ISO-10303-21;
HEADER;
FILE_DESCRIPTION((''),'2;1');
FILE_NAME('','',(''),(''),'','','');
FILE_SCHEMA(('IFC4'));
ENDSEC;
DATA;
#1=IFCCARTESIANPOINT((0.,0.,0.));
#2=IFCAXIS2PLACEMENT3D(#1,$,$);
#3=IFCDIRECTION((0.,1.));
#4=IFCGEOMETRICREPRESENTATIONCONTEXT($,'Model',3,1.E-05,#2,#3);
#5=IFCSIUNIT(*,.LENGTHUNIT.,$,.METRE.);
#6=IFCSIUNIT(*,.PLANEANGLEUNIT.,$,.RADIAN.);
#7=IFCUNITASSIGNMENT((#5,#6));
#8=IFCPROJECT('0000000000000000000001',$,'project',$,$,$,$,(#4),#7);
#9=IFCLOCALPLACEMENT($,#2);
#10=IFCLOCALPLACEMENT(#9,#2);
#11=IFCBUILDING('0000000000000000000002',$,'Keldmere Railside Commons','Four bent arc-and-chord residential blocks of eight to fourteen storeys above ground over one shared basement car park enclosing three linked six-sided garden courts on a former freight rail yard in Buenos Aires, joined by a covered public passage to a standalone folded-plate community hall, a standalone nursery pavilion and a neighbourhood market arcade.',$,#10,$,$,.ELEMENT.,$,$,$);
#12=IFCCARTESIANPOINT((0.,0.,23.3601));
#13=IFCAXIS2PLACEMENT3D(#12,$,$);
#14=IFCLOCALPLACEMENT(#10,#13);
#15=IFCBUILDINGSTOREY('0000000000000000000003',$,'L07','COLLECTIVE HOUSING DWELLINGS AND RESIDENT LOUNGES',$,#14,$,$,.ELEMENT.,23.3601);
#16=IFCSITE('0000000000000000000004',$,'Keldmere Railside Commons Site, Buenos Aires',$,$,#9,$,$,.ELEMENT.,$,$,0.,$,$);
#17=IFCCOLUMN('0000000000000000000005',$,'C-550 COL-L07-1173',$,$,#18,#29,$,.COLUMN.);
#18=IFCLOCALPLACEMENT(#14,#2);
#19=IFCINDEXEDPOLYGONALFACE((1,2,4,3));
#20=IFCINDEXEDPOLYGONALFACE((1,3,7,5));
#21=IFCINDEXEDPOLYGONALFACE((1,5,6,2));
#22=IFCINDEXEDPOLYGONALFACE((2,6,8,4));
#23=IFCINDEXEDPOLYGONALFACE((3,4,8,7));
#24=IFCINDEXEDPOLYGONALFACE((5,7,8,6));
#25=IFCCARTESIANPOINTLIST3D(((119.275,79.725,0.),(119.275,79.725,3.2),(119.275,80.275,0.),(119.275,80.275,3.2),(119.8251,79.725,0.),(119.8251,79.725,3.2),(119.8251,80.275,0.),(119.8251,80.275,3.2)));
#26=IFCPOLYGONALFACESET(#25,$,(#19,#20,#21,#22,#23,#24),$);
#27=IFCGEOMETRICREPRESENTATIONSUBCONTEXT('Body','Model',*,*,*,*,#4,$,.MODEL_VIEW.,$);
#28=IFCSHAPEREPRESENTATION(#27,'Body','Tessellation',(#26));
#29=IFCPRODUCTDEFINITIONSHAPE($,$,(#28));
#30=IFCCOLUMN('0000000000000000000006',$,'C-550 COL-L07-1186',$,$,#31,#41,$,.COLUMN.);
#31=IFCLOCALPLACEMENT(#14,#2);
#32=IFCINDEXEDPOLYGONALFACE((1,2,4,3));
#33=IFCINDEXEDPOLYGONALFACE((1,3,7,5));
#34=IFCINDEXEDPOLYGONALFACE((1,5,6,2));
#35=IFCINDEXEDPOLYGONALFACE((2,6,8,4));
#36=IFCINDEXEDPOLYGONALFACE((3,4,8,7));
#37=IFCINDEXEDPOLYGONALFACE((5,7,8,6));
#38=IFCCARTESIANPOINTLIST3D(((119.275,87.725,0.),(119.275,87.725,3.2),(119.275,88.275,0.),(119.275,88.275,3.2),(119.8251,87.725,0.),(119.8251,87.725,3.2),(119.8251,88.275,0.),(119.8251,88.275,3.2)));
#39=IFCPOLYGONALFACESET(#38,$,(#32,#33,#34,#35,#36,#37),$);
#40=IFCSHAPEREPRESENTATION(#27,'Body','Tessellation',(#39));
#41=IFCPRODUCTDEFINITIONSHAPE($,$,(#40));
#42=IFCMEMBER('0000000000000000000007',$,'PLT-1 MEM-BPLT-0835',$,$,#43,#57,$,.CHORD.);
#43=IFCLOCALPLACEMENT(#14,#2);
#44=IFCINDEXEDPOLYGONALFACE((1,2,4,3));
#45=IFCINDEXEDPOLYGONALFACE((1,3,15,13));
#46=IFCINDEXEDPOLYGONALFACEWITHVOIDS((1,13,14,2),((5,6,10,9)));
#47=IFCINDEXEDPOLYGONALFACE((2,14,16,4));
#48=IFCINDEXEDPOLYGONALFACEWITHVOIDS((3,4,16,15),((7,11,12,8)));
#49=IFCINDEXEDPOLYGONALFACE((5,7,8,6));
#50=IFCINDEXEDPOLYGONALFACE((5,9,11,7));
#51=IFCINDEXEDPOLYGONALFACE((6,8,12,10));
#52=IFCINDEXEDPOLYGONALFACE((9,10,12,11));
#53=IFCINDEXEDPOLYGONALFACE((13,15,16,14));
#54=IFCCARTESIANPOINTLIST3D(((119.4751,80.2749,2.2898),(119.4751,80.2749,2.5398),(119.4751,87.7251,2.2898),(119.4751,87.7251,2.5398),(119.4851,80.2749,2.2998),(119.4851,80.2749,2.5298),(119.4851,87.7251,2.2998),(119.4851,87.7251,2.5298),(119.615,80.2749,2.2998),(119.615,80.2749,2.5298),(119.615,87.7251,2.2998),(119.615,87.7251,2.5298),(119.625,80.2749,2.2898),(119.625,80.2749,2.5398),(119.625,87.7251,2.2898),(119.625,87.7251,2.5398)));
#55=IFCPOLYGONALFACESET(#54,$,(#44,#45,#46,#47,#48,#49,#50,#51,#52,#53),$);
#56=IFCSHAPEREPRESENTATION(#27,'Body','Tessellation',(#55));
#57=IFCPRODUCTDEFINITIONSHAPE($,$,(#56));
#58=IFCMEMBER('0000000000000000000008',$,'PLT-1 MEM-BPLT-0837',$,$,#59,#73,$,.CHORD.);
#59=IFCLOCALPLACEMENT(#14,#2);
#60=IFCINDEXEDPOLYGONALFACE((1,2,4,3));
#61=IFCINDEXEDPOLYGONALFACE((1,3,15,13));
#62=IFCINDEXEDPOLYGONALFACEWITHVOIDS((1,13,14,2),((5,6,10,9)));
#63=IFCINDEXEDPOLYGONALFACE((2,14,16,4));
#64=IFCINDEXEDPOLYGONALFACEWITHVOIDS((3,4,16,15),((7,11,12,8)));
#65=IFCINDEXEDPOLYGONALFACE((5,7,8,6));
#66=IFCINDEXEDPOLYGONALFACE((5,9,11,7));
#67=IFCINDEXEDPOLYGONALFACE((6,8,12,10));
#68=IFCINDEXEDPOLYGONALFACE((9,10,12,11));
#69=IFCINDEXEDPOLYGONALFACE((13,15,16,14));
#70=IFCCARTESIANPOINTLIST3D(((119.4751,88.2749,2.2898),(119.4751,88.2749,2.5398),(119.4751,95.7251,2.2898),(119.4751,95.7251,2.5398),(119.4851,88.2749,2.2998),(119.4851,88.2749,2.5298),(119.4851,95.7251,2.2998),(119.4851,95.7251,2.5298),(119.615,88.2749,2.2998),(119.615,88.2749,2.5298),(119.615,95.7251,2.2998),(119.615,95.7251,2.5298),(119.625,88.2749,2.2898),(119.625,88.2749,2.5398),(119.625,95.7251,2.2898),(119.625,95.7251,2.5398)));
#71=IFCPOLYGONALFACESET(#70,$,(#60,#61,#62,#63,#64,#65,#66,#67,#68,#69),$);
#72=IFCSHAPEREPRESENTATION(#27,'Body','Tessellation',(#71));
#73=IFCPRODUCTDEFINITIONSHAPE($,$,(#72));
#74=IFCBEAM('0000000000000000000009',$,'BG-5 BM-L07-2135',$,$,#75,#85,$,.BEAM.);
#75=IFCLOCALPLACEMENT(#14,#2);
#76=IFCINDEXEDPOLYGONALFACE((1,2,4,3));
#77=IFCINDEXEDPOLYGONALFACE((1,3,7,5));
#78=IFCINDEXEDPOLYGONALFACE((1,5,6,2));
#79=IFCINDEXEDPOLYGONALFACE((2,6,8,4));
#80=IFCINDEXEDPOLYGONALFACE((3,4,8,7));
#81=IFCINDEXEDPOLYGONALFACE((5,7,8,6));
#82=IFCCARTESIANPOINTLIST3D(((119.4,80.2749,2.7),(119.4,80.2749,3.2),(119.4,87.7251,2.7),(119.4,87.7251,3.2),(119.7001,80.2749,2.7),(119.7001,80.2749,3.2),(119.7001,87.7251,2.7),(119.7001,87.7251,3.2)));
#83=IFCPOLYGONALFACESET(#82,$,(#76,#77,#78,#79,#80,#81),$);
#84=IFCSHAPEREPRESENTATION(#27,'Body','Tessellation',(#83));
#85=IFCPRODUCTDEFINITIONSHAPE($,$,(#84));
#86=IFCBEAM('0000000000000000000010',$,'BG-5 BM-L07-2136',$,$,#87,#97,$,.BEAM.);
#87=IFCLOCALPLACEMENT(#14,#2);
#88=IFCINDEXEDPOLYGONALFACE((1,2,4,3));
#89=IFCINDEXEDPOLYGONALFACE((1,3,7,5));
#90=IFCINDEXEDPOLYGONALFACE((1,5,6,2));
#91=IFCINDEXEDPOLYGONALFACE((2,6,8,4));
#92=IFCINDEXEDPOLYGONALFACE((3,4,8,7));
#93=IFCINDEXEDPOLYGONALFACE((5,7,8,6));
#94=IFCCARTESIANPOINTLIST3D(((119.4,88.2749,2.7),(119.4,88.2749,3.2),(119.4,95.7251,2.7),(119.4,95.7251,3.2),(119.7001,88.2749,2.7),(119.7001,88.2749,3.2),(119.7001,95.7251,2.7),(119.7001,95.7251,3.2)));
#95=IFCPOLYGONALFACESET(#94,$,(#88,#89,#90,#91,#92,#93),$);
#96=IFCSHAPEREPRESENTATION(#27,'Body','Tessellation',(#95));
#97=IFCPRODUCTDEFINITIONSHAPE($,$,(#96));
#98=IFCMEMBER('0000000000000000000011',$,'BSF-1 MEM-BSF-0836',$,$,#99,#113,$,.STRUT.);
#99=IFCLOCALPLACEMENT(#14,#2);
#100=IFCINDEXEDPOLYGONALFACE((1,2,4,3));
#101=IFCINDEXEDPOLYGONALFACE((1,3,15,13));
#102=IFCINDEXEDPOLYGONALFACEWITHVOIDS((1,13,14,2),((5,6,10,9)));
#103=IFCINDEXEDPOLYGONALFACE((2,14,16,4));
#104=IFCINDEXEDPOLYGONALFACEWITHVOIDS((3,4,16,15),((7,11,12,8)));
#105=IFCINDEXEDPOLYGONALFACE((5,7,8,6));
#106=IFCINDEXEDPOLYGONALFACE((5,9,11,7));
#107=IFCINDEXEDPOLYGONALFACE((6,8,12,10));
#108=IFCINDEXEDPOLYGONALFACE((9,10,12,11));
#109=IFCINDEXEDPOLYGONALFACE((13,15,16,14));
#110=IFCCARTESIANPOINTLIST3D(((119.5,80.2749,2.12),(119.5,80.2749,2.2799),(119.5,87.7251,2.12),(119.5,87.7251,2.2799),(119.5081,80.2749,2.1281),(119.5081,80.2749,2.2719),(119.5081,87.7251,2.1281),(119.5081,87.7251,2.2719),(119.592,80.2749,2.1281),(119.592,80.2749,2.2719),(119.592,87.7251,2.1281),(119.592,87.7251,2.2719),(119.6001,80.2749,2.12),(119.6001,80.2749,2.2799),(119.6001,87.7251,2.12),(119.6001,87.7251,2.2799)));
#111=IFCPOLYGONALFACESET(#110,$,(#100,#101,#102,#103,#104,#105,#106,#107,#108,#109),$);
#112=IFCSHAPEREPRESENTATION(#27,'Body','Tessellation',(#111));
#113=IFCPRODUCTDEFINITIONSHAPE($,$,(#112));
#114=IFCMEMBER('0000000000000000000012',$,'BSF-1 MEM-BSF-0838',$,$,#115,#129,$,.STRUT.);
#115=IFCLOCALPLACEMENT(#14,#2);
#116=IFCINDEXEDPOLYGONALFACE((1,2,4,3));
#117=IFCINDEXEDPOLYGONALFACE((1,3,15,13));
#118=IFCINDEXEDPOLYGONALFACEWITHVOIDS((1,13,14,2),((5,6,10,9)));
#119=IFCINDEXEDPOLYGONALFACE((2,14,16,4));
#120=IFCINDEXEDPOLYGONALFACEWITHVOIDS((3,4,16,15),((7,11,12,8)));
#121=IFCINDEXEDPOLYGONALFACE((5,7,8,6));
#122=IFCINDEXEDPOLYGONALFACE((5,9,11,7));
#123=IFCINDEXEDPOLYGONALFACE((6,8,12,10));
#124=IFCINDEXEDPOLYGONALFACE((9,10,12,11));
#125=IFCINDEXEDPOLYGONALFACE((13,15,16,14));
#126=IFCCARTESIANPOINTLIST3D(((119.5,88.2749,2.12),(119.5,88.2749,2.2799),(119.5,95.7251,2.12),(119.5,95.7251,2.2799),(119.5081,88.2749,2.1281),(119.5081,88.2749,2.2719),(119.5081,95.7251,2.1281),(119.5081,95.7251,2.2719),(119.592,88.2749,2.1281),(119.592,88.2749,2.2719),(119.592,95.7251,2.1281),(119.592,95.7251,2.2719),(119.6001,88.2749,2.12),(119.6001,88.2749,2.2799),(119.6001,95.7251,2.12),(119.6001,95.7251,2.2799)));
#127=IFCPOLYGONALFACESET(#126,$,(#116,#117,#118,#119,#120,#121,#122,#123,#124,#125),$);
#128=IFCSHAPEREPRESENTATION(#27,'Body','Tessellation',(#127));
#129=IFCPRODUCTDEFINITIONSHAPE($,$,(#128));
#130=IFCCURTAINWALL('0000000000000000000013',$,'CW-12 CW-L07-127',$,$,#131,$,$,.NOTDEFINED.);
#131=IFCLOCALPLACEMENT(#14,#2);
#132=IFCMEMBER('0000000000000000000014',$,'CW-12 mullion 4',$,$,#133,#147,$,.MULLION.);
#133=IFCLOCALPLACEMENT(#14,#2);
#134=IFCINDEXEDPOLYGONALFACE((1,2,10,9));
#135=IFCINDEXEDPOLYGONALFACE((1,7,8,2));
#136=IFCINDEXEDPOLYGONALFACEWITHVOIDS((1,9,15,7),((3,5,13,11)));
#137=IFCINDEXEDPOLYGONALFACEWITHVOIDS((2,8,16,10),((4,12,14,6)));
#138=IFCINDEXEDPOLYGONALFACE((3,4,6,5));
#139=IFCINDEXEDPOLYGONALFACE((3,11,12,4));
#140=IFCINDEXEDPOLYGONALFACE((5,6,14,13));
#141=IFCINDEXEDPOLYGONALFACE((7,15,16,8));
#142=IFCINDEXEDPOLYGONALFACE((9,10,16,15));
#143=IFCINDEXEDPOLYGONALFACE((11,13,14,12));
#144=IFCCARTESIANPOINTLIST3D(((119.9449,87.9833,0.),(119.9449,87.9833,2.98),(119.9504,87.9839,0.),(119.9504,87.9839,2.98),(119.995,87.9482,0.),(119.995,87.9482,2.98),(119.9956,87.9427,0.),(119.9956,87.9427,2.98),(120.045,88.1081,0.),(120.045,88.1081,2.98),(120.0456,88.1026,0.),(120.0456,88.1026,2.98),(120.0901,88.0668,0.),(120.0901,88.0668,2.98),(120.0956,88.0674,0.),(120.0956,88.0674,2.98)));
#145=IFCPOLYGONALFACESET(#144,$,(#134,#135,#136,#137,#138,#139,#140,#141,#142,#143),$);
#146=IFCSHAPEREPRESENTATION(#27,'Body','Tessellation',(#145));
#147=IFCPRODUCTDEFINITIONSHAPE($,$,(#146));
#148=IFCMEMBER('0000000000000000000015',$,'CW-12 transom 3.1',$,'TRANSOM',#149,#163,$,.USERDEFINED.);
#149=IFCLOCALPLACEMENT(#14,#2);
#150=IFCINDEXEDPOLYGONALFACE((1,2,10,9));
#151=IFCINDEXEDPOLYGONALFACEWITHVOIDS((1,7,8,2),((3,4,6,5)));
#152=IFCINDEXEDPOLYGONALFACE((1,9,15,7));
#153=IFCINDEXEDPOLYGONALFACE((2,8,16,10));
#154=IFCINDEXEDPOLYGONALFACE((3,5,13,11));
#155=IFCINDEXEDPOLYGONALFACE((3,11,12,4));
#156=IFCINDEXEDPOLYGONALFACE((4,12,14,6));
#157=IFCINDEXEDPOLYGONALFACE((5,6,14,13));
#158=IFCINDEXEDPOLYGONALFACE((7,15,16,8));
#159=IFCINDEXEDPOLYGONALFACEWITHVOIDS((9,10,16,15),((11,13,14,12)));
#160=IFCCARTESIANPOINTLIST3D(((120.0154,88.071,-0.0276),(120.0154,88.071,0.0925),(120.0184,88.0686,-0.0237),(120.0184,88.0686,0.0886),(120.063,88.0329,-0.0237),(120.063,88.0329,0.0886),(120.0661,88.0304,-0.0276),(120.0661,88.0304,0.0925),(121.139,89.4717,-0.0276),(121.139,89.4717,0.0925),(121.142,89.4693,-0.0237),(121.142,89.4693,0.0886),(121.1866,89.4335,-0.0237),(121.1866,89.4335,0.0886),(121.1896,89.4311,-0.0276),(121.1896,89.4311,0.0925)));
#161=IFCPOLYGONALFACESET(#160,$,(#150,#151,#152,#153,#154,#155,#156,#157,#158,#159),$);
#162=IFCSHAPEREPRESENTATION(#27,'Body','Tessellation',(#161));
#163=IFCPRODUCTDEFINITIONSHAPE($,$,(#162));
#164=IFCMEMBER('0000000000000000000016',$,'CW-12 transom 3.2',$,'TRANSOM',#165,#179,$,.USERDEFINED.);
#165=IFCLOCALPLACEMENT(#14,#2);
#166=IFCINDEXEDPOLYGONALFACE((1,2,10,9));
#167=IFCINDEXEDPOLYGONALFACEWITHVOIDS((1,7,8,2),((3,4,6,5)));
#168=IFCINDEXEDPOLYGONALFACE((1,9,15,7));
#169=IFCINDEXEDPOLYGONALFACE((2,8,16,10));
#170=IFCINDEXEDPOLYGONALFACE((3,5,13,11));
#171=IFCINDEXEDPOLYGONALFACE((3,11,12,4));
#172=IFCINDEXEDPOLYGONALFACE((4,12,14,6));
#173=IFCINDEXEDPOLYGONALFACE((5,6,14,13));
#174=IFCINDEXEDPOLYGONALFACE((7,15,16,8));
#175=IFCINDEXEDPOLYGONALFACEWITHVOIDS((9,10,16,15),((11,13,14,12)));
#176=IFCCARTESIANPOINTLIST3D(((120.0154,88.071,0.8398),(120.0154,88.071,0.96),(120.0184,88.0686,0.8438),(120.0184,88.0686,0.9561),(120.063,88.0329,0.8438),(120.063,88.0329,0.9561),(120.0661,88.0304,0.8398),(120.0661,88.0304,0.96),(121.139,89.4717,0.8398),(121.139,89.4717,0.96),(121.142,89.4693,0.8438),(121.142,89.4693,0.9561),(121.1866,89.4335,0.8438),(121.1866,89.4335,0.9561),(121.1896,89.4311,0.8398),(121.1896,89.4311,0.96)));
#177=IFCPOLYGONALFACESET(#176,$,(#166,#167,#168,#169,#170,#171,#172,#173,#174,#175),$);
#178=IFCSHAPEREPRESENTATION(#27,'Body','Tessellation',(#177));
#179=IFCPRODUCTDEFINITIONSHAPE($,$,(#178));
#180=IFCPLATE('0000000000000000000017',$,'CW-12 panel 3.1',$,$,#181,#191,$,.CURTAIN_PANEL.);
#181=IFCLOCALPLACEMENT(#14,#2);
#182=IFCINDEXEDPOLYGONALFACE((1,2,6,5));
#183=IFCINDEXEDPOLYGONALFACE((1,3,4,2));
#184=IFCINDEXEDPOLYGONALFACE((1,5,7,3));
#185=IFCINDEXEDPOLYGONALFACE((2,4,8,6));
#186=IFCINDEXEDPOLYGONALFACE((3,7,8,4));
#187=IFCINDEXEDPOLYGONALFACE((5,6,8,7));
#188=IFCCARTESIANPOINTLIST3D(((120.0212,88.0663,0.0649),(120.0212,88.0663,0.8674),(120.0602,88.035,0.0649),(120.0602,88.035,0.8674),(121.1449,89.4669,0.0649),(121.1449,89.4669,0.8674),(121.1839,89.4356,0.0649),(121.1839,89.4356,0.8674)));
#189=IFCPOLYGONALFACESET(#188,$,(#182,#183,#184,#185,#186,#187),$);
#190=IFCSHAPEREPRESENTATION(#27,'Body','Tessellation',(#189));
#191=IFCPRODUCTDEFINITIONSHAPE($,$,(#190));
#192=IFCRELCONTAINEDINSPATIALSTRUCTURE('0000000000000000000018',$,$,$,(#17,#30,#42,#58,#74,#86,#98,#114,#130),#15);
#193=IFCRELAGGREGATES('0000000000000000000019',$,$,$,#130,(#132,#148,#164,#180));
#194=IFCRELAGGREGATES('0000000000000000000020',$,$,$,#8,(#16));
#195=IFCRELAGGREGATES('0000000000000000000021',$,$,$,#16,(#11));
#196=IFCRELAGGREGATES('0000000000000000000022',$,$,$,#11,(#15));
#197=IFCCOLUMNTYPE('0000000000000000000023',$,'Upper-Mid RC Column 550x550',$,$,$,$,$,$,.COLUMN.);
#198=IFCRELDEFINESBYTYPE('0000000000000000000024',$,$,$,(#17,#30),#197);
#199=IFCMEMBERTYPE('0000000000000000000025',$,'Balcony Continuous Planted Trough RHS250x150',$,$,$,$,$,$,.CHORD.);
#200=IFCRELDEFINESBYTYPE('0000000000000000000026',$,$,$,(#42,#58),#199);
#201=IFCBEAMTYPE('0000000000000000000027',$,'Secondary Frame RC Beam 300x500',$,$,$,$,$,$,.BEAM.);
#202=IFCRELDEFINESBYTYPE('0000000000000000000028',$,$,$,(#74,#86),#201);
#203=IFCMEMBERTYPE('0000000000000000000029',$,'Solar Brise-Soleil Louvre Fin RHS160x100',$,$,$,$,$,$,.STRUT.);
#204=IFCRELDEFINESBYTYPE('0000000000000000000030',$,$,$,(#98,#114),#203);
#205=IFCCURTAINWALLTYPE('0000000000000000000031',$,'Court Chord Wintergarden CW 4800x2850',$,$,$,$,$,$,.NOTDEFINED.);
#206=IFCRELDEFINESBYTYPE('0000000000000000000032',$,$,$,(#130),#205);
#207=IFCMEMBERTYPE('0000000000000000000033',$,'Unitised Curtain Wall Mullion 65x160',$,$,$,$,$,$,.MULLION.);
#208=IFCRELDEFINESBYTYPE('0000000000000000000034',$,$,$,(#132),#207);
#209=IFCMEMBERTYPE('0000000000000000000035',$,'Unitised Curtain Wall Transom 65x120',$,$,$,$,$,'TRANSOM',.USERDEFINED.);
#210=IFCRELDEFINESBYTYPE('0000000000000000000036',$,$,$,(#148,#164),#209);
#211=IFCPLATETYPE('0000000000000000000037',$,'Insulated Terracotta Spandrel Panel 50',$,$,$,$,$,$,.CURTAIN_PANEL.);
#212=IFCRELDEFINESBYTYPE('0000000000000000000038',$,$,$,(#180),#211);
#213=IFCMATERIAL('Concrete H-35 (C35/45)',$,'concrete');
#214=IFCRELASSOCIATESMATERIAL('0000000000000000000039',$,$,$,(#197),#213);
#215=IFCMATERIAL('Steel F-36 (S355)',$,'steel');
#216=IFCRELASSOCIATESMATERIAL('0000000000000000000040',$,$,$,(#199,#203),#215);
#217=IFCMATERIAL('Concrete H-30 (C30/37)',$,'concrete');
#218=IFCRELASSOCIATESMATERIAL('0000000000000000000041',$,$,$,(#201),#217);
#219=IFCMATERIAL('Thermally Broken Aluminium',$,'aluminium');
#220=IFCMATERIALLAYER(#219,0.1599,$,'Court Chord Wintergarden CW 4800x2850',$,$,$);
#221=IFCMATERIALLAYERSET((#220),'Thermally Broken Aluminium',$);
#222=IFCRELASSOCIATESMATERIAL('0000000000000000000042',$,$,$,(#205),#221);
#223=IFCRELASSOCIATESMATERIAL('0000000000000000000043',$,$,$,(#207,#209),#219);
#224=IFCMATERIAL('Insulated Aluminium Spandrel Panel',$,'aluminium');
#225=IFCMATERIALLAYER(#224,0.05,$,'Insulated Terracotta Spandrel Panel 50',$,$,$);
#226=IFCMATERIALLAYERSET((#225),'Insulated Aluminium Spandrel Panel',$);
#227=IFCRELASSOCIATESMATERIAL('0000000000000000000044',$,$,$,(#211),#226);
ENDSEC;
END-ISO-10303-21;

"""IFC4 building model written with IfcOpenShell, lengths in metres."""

from ifc_helpers import new_model, si_unit, direction, frame, origin, origin_2d, place, context, subcontext, project, spatial, rectangle, hollow_rectangle, extrude, material, layer, layer_set, material_profile, profile_set, type_object, element, aggregate, save


model = new_model("IFC4")

# Units and contexts
model_context = context("Model", 3, precision=1e-05, world=origin(), true_north=direction((0.0, 1.0)))
body_context = subcontext(model_context, "Body", "Model", "MODEL_VIEW")
ifc_project = project(units=[si_unit("LENGTHUNIT", "METRE"), si_unit("PLANEANGLEUNIT", "RADIAN")], contexts=[model_context])

# Site, building, storey
site_placement = place(None, origin())
site = spatial("IfcSite", under=ifc_project, at=site_placement, Name="Keldmere Railside Commons Site, Buenos Aires", CompositionType="ELEMENT", RefElevation=0.0)
building_placement = place(site_placement, origin())
building = spatial("IfcBuilding", under=site, at=building_placement, Name="Keldmere Railside Commons", Description="Four bent arc-and-chord residential blocks of eight to fourteen storeys above ground over one shared basement car park enclosing three linked six-sided garden courts on a former freight rail yard in Buenos Aires, joined by a covered public passage to a standalone folded-plate community hall, a standalone nursery pavilion and a neighbourhood market arcade.", CompositionType="ELEMENT")
storey_placement = place(building_placement, frame((0.0, 0.0, 23.3601)))
storey = spatial("IfcBuildingStorey", under=building, at=storey_placement, Name="L07", Description="COLLECTIVE HOUSING DWELLINGS AND RESIDENT LOUNGES", CompositionType="ELEMENT", Elevation=23.3601)

# Columns
ifc_material_1 = material(Name="Concrete H-35 (C35/45)", Category="concrete")
ifc_material_profile_1 = material_profile(ifc_material_1, rectangle(XDim=0.55, YDim=0.55, at=origin_2d()), Name="RC-550x550")
ifc_profile_set_1 = profile_set([ifc_material_profile_1], Name="Concrete H-35 (C35/45)")
column_type = type_object("IfcColumnType", Name="Upper-Mid RC Column 550x550", PredefinedType="COLUMN", material=ifc_profile_set_1)
for number, where, z_axis, x_axis, name in (
    (1, (119.55, 80.0, 0.0), (0.0, 0.0, 1.0), (1.0, 0.0, 0.0), "C-550 COL-L07-1173"),
    (2, (119.55, 88.0, 0.0), (0.0, 0.0, 1.0), (1.0, 0.0, 0.0), "C-550 COL-L07-1186"),
):
    element("IfcColumn", number, at=place(storey_placement, frame(where, z_axis=z_axis, x_axis=x_axis)), inside=storey, type_object=column_type, Name=name, PredefinedType="COLUMN", context=body_context, shape_type="SweptSolid", body=[
        extrude(rectangle(XDim=0.55, YDim=0.55, at=origin_2d()), origin(), (0.0, 0.0, 1.0), 3.2),
    ])

# Members
ifc_material_2 = material(Name="Steel F-36 (S355)", Category="steel")
ifc_material_profile_2 = material_profile(ifc_material_2, hollow_rectangle(XDim=0.1499, YDim=0.25, WallThickness=0.01, at=origin_2d()), Name="RHS-250x150x10")
ifc_profile_set_2 = profile_set([ifc_material_profile_2], Name="Steel F-36 (S355)")
member_type_1 = type_object("IfcMemberType", Name="Balcony Continuous Planted Trough RHS250x150", PredefinedType="CHORD", material=ifc_profile_set_2)
for number, where, z_axis, x_axis, name in (
    (3, (119.55, 80.2749, 2.4148), (0.0, 1.0, 0.0), (-1.0, 0.0, 0.0), "PLT-1 MEM-BPLT-0835"),
    (4, (119.55, 88.2749, 2.4148), (0.0, 1.0, 0.0), (-1.0, 0.0, 0.0), "PLT-1 MEM-BPLT-0837"),
):
    element("IfcMember", number, at=place(storey_placement, frame(where, z_axis=z_axis, x_axis=x_axis)), inside=storey, type_object=member_type_1, Name=name, PredefinedType="CHORD", context=body_context, shape_type="SweptSolid", body=[
        extrude(hollow_rectangle(XDim=0.1499, YDim=0.25, WallThickness=0.01, at=origin_2d()), origin(), (0.0, 0.0, 1.0), 7.4502),
    ])

# Beams
ifc_material_3 = material(Name="Concrete H-30 (C30/37)", Category="concrete")
ifc_material_profile_3 = material_profile(ifc_material_3, rectangle(XDim=0.3, YDim=0.5, at=origin_2d()), Name="RC-300x500")
ifc_profile_set_3 = profile_set([ifc_material_profile_3], Name="Concrete H-30 (C30/37)")
beam_type = type_object("IfcBeamType", Name="Secondary Frame RC Beam 300x500", PredefinedType="BEAM", material=ifc_profile_set_3)
for number, where, z_axis, x_axis, name in (
    (5, (119.55, 80.2749, 2.95), (0.0, 1.0, 0.0), (-1.0, 0.0, 0.0), "BG-5 BM-L07-2135"),
    (6, (119.55, 88.2749, 2.95), (0.0, 1.0, 0.0), (-1.0, 0.0, 0.0), "BG-5 BM-L07-2136"),
):
    element("IfcBeam", number, at=place(storey_placement, frame(where, z_axis=z_axis, x_axis=x_axis)), inside=storey, type_object=beam_type, Name=name, PredefinedType="BEAM", context=body_context, shape_type="SweptSolid", body=[
        extrude(rectangle(XDim=0.3, YDim=0.5, at=origin_2d()), origin(), (0.0, 0.0, 1.0), 7.4502),
    ])

# Members
ifc_material_profile_4 = material_profile(ifc_material_2, hollow_rectangle(XDim=0.1001, YDim=0.1599, WallThickness=0.0081, at=origin_2d()), Name="RHS-160x100x8")
ifc_profile_set_4 = profile_set([ifc_material_profile_4], Name="Steel F-36 (S355)")
member_type_2 = type_object("IfcMemberType", Name="Solar Brise-Soleil Louvre Fin RHS160x100", PredefinedType="STRUT", material=ifc_profile_set_4)
for number, where, z_axis, x_axis, name in (
    (7, (119.55, 80.2749, 2.2), (0.0, 1.0, 0.0), (-1.0, 0.0, 0.0), "BSF-1 MEM-BSF-0836"),
    (8, (119.55, 88.2749, 2.2), (0.0, 1.0, 0.0), (-1.0, 0.0, 0.0), "BSF-1 MEM-BSF-0838"),
):
    element("IfcMember", number, at=place(storey_placement, frame(where, z_axis=z_axis, x_axis=x_axis)), inside=storey, type_object=member_type_2, Name=name, PredefinedType="STRUT", context=body_context, shape_type="SweptSolid", body=[
        extrude(hollow_rectangle(XDim=0.1001, YDim=0.1599, WallThickness=0.0081, at=origin_2d()), origin(), (0.0, 0.0, 1.0), 7.4502),
    ])

# Curtain wall, members, plate
ifc_material_4 = material(Name="Thermally Broken Aluminium", Category="aluminium")
ifc_layer_1 = layer(ifc_material_4, 0.1599, Name="Court Chord Wintergarden CW 4800x2850")
ifc_layer_set_1 = layer_set([ifc_layer_1], Name="Thermally Broken Aluminium")
curtain_wall_type = type_object("IfcCurtainWallType", Name="Court Chord Wintergarden CW 4800x2850", PredefinedType="NOTDEFINED", material=ifc_layer_set_1)
curtain_wall_placement = place(storey_placement, origin())
curtain_wall = element("IfcCurtainWall", 9, at=curtain_wall_placement, inside=storey, type_object=curtain_wall_type, Name="CW-12 CW-L07-127", PredefinedType="NOTDEFINED")
ifc_material_profile_5 = material_profile(ifc_material_4, hollow_rectangle(XDim=0.0649, YDim=0.1599, WallThickness=0.0039, at=origin_2d()), Name="ALU-MULL-65x160")
ifc_profile_set_5 = profile_set([ifc_material_profile_5], Name="Thermally Broken Aluminium")
member_type_3 = type_object("IfcMemberType", Name="Unitised Curtain Wall Mullion 65x160", PredefinedType="MULLION", material=ifc_profile_set_5)
member_1_placement = place(storey_placement, frame((120.0203, 88.0254, 0.0), z_axis=(0.0, 0.0, 1.0), x_axis=(0.780009, -0.625768, 0.0)))
member_1 = element("IfcMember", 10, at=member_1_placement, type_object=member_type_3, Name="CW-12 mullion 4", PredefinedType="MULLION", context=body_context, shape_type="SweptSolid", body=[
    extrude(hollow_rectangle(XDim=0.0649, YDim=0.1599, WallThickness=0.0039, at=origin_2d()), origin(), (0.0, 0.0, 1.0), 2.98),
])
ifc_material_profile_6 = material_profile(ifc_material_4, hollow_rectangle(XDim=0.0649, YDim=0.1201, WallThickness=0.0039, at=origin_2d()), Name="ALU-TRAN-65x120")
ifc_profile_set_6 = profile_set([ifc_material_profile_6], Name="Thermally Broken Aluminium")
member_type_4 = type_object("IfcMemberType", Name="Unitised Curtain Wall Transom 65x120", ElementType="TRANSOM", PredefinedType="USERDEFINED", material=ifc_profile_set_6)
member_2_placement = place(storey_placement, frame((121.1643, 89.4514, 0.0325), z_axis=(-0.625723, -0.780046, 0.0), x_axis=(0.780046, -0.625723, 0.0)))
member_2 = element("IfcMember", 11, at=member_2_placement, type_object=member_type_4, Name="CW-12 transom 3.1", ObjectType="TRANSOM", PredefinedType="USERDEFINED", context=body_context, shape_type="SweptSolid", body=[
    extrude(hollow_rectangle(XDim=0.0649, YDim=0.1201, WallThickness=0.0039, at=origin_2d()), origin(), (0.0, 0.0, 1.0), 1.7957),
])
member_3_placement = place(storey_placement, frame((121.1643, 89.4514, 0.8999), z_axis=(-0.625723, -0.780046, 0.0), x_axis=(0.780046, -0.625723, 0.0)))
member_3 = element("IfcMember", 12, at=member_3_placement, type_object=member_type_4, Name="CW-12 transom 3.2", ObjectType="TRANSOM", PredefinedType="USERDEFINED", context=body_context, shape_type="SweptSolid", body=[
    extrude(hollow_rectangle(XDim=0.0649, YDim=0.1201, WallThickness=0.0039, at=origin_2d()), origin(), (0.0, 0.0, 1.0), 1.7957),
])
ifc_material_5 = material(Name="Insulated Aluminium Spandrel Panel", Category="aluminium")
ifc_layer_2 = layer(ifc_material_5, 0.05, Name="Insulated Terracotta Spandrel Panel 50")
ifc_layer_set_2 = layer_set([ifc_layer_2], Name="Insulated Aluminium Spandrel Panel")
plate_type = type_object("IfcPlateType", Name="Insulated Terracotta Spandrel Panel 50", PredefinedType="CURTAIN_PANEL", material=ifc_layer_set_2)
plate_1_placement = place(storey_placement, frame((120.6025, 88.751, 0.0649), z_axis=(0.0, 0.0, 1.0), x_axis=(-0.625768, -0.780009, 0.0)))
plate_1 = element("IfcPlate", 13, at=plate_1_placement, type_object=plate_type, Name="CW-12 panel 3.1", PredefinedType="CURTAIN_PANEL", context=body_context, shape_type="SweptSolid", body=[
    extrude(rectangle(XDim=1.7957, YDim=0.05, at=origin_2d()), origin(), (0.0, 0.0, 1.0), 0.8025),
])
aggregate(curtain_wall, [member_1, member_2, member_3, plate_1])

save(model, "model.ifc")
